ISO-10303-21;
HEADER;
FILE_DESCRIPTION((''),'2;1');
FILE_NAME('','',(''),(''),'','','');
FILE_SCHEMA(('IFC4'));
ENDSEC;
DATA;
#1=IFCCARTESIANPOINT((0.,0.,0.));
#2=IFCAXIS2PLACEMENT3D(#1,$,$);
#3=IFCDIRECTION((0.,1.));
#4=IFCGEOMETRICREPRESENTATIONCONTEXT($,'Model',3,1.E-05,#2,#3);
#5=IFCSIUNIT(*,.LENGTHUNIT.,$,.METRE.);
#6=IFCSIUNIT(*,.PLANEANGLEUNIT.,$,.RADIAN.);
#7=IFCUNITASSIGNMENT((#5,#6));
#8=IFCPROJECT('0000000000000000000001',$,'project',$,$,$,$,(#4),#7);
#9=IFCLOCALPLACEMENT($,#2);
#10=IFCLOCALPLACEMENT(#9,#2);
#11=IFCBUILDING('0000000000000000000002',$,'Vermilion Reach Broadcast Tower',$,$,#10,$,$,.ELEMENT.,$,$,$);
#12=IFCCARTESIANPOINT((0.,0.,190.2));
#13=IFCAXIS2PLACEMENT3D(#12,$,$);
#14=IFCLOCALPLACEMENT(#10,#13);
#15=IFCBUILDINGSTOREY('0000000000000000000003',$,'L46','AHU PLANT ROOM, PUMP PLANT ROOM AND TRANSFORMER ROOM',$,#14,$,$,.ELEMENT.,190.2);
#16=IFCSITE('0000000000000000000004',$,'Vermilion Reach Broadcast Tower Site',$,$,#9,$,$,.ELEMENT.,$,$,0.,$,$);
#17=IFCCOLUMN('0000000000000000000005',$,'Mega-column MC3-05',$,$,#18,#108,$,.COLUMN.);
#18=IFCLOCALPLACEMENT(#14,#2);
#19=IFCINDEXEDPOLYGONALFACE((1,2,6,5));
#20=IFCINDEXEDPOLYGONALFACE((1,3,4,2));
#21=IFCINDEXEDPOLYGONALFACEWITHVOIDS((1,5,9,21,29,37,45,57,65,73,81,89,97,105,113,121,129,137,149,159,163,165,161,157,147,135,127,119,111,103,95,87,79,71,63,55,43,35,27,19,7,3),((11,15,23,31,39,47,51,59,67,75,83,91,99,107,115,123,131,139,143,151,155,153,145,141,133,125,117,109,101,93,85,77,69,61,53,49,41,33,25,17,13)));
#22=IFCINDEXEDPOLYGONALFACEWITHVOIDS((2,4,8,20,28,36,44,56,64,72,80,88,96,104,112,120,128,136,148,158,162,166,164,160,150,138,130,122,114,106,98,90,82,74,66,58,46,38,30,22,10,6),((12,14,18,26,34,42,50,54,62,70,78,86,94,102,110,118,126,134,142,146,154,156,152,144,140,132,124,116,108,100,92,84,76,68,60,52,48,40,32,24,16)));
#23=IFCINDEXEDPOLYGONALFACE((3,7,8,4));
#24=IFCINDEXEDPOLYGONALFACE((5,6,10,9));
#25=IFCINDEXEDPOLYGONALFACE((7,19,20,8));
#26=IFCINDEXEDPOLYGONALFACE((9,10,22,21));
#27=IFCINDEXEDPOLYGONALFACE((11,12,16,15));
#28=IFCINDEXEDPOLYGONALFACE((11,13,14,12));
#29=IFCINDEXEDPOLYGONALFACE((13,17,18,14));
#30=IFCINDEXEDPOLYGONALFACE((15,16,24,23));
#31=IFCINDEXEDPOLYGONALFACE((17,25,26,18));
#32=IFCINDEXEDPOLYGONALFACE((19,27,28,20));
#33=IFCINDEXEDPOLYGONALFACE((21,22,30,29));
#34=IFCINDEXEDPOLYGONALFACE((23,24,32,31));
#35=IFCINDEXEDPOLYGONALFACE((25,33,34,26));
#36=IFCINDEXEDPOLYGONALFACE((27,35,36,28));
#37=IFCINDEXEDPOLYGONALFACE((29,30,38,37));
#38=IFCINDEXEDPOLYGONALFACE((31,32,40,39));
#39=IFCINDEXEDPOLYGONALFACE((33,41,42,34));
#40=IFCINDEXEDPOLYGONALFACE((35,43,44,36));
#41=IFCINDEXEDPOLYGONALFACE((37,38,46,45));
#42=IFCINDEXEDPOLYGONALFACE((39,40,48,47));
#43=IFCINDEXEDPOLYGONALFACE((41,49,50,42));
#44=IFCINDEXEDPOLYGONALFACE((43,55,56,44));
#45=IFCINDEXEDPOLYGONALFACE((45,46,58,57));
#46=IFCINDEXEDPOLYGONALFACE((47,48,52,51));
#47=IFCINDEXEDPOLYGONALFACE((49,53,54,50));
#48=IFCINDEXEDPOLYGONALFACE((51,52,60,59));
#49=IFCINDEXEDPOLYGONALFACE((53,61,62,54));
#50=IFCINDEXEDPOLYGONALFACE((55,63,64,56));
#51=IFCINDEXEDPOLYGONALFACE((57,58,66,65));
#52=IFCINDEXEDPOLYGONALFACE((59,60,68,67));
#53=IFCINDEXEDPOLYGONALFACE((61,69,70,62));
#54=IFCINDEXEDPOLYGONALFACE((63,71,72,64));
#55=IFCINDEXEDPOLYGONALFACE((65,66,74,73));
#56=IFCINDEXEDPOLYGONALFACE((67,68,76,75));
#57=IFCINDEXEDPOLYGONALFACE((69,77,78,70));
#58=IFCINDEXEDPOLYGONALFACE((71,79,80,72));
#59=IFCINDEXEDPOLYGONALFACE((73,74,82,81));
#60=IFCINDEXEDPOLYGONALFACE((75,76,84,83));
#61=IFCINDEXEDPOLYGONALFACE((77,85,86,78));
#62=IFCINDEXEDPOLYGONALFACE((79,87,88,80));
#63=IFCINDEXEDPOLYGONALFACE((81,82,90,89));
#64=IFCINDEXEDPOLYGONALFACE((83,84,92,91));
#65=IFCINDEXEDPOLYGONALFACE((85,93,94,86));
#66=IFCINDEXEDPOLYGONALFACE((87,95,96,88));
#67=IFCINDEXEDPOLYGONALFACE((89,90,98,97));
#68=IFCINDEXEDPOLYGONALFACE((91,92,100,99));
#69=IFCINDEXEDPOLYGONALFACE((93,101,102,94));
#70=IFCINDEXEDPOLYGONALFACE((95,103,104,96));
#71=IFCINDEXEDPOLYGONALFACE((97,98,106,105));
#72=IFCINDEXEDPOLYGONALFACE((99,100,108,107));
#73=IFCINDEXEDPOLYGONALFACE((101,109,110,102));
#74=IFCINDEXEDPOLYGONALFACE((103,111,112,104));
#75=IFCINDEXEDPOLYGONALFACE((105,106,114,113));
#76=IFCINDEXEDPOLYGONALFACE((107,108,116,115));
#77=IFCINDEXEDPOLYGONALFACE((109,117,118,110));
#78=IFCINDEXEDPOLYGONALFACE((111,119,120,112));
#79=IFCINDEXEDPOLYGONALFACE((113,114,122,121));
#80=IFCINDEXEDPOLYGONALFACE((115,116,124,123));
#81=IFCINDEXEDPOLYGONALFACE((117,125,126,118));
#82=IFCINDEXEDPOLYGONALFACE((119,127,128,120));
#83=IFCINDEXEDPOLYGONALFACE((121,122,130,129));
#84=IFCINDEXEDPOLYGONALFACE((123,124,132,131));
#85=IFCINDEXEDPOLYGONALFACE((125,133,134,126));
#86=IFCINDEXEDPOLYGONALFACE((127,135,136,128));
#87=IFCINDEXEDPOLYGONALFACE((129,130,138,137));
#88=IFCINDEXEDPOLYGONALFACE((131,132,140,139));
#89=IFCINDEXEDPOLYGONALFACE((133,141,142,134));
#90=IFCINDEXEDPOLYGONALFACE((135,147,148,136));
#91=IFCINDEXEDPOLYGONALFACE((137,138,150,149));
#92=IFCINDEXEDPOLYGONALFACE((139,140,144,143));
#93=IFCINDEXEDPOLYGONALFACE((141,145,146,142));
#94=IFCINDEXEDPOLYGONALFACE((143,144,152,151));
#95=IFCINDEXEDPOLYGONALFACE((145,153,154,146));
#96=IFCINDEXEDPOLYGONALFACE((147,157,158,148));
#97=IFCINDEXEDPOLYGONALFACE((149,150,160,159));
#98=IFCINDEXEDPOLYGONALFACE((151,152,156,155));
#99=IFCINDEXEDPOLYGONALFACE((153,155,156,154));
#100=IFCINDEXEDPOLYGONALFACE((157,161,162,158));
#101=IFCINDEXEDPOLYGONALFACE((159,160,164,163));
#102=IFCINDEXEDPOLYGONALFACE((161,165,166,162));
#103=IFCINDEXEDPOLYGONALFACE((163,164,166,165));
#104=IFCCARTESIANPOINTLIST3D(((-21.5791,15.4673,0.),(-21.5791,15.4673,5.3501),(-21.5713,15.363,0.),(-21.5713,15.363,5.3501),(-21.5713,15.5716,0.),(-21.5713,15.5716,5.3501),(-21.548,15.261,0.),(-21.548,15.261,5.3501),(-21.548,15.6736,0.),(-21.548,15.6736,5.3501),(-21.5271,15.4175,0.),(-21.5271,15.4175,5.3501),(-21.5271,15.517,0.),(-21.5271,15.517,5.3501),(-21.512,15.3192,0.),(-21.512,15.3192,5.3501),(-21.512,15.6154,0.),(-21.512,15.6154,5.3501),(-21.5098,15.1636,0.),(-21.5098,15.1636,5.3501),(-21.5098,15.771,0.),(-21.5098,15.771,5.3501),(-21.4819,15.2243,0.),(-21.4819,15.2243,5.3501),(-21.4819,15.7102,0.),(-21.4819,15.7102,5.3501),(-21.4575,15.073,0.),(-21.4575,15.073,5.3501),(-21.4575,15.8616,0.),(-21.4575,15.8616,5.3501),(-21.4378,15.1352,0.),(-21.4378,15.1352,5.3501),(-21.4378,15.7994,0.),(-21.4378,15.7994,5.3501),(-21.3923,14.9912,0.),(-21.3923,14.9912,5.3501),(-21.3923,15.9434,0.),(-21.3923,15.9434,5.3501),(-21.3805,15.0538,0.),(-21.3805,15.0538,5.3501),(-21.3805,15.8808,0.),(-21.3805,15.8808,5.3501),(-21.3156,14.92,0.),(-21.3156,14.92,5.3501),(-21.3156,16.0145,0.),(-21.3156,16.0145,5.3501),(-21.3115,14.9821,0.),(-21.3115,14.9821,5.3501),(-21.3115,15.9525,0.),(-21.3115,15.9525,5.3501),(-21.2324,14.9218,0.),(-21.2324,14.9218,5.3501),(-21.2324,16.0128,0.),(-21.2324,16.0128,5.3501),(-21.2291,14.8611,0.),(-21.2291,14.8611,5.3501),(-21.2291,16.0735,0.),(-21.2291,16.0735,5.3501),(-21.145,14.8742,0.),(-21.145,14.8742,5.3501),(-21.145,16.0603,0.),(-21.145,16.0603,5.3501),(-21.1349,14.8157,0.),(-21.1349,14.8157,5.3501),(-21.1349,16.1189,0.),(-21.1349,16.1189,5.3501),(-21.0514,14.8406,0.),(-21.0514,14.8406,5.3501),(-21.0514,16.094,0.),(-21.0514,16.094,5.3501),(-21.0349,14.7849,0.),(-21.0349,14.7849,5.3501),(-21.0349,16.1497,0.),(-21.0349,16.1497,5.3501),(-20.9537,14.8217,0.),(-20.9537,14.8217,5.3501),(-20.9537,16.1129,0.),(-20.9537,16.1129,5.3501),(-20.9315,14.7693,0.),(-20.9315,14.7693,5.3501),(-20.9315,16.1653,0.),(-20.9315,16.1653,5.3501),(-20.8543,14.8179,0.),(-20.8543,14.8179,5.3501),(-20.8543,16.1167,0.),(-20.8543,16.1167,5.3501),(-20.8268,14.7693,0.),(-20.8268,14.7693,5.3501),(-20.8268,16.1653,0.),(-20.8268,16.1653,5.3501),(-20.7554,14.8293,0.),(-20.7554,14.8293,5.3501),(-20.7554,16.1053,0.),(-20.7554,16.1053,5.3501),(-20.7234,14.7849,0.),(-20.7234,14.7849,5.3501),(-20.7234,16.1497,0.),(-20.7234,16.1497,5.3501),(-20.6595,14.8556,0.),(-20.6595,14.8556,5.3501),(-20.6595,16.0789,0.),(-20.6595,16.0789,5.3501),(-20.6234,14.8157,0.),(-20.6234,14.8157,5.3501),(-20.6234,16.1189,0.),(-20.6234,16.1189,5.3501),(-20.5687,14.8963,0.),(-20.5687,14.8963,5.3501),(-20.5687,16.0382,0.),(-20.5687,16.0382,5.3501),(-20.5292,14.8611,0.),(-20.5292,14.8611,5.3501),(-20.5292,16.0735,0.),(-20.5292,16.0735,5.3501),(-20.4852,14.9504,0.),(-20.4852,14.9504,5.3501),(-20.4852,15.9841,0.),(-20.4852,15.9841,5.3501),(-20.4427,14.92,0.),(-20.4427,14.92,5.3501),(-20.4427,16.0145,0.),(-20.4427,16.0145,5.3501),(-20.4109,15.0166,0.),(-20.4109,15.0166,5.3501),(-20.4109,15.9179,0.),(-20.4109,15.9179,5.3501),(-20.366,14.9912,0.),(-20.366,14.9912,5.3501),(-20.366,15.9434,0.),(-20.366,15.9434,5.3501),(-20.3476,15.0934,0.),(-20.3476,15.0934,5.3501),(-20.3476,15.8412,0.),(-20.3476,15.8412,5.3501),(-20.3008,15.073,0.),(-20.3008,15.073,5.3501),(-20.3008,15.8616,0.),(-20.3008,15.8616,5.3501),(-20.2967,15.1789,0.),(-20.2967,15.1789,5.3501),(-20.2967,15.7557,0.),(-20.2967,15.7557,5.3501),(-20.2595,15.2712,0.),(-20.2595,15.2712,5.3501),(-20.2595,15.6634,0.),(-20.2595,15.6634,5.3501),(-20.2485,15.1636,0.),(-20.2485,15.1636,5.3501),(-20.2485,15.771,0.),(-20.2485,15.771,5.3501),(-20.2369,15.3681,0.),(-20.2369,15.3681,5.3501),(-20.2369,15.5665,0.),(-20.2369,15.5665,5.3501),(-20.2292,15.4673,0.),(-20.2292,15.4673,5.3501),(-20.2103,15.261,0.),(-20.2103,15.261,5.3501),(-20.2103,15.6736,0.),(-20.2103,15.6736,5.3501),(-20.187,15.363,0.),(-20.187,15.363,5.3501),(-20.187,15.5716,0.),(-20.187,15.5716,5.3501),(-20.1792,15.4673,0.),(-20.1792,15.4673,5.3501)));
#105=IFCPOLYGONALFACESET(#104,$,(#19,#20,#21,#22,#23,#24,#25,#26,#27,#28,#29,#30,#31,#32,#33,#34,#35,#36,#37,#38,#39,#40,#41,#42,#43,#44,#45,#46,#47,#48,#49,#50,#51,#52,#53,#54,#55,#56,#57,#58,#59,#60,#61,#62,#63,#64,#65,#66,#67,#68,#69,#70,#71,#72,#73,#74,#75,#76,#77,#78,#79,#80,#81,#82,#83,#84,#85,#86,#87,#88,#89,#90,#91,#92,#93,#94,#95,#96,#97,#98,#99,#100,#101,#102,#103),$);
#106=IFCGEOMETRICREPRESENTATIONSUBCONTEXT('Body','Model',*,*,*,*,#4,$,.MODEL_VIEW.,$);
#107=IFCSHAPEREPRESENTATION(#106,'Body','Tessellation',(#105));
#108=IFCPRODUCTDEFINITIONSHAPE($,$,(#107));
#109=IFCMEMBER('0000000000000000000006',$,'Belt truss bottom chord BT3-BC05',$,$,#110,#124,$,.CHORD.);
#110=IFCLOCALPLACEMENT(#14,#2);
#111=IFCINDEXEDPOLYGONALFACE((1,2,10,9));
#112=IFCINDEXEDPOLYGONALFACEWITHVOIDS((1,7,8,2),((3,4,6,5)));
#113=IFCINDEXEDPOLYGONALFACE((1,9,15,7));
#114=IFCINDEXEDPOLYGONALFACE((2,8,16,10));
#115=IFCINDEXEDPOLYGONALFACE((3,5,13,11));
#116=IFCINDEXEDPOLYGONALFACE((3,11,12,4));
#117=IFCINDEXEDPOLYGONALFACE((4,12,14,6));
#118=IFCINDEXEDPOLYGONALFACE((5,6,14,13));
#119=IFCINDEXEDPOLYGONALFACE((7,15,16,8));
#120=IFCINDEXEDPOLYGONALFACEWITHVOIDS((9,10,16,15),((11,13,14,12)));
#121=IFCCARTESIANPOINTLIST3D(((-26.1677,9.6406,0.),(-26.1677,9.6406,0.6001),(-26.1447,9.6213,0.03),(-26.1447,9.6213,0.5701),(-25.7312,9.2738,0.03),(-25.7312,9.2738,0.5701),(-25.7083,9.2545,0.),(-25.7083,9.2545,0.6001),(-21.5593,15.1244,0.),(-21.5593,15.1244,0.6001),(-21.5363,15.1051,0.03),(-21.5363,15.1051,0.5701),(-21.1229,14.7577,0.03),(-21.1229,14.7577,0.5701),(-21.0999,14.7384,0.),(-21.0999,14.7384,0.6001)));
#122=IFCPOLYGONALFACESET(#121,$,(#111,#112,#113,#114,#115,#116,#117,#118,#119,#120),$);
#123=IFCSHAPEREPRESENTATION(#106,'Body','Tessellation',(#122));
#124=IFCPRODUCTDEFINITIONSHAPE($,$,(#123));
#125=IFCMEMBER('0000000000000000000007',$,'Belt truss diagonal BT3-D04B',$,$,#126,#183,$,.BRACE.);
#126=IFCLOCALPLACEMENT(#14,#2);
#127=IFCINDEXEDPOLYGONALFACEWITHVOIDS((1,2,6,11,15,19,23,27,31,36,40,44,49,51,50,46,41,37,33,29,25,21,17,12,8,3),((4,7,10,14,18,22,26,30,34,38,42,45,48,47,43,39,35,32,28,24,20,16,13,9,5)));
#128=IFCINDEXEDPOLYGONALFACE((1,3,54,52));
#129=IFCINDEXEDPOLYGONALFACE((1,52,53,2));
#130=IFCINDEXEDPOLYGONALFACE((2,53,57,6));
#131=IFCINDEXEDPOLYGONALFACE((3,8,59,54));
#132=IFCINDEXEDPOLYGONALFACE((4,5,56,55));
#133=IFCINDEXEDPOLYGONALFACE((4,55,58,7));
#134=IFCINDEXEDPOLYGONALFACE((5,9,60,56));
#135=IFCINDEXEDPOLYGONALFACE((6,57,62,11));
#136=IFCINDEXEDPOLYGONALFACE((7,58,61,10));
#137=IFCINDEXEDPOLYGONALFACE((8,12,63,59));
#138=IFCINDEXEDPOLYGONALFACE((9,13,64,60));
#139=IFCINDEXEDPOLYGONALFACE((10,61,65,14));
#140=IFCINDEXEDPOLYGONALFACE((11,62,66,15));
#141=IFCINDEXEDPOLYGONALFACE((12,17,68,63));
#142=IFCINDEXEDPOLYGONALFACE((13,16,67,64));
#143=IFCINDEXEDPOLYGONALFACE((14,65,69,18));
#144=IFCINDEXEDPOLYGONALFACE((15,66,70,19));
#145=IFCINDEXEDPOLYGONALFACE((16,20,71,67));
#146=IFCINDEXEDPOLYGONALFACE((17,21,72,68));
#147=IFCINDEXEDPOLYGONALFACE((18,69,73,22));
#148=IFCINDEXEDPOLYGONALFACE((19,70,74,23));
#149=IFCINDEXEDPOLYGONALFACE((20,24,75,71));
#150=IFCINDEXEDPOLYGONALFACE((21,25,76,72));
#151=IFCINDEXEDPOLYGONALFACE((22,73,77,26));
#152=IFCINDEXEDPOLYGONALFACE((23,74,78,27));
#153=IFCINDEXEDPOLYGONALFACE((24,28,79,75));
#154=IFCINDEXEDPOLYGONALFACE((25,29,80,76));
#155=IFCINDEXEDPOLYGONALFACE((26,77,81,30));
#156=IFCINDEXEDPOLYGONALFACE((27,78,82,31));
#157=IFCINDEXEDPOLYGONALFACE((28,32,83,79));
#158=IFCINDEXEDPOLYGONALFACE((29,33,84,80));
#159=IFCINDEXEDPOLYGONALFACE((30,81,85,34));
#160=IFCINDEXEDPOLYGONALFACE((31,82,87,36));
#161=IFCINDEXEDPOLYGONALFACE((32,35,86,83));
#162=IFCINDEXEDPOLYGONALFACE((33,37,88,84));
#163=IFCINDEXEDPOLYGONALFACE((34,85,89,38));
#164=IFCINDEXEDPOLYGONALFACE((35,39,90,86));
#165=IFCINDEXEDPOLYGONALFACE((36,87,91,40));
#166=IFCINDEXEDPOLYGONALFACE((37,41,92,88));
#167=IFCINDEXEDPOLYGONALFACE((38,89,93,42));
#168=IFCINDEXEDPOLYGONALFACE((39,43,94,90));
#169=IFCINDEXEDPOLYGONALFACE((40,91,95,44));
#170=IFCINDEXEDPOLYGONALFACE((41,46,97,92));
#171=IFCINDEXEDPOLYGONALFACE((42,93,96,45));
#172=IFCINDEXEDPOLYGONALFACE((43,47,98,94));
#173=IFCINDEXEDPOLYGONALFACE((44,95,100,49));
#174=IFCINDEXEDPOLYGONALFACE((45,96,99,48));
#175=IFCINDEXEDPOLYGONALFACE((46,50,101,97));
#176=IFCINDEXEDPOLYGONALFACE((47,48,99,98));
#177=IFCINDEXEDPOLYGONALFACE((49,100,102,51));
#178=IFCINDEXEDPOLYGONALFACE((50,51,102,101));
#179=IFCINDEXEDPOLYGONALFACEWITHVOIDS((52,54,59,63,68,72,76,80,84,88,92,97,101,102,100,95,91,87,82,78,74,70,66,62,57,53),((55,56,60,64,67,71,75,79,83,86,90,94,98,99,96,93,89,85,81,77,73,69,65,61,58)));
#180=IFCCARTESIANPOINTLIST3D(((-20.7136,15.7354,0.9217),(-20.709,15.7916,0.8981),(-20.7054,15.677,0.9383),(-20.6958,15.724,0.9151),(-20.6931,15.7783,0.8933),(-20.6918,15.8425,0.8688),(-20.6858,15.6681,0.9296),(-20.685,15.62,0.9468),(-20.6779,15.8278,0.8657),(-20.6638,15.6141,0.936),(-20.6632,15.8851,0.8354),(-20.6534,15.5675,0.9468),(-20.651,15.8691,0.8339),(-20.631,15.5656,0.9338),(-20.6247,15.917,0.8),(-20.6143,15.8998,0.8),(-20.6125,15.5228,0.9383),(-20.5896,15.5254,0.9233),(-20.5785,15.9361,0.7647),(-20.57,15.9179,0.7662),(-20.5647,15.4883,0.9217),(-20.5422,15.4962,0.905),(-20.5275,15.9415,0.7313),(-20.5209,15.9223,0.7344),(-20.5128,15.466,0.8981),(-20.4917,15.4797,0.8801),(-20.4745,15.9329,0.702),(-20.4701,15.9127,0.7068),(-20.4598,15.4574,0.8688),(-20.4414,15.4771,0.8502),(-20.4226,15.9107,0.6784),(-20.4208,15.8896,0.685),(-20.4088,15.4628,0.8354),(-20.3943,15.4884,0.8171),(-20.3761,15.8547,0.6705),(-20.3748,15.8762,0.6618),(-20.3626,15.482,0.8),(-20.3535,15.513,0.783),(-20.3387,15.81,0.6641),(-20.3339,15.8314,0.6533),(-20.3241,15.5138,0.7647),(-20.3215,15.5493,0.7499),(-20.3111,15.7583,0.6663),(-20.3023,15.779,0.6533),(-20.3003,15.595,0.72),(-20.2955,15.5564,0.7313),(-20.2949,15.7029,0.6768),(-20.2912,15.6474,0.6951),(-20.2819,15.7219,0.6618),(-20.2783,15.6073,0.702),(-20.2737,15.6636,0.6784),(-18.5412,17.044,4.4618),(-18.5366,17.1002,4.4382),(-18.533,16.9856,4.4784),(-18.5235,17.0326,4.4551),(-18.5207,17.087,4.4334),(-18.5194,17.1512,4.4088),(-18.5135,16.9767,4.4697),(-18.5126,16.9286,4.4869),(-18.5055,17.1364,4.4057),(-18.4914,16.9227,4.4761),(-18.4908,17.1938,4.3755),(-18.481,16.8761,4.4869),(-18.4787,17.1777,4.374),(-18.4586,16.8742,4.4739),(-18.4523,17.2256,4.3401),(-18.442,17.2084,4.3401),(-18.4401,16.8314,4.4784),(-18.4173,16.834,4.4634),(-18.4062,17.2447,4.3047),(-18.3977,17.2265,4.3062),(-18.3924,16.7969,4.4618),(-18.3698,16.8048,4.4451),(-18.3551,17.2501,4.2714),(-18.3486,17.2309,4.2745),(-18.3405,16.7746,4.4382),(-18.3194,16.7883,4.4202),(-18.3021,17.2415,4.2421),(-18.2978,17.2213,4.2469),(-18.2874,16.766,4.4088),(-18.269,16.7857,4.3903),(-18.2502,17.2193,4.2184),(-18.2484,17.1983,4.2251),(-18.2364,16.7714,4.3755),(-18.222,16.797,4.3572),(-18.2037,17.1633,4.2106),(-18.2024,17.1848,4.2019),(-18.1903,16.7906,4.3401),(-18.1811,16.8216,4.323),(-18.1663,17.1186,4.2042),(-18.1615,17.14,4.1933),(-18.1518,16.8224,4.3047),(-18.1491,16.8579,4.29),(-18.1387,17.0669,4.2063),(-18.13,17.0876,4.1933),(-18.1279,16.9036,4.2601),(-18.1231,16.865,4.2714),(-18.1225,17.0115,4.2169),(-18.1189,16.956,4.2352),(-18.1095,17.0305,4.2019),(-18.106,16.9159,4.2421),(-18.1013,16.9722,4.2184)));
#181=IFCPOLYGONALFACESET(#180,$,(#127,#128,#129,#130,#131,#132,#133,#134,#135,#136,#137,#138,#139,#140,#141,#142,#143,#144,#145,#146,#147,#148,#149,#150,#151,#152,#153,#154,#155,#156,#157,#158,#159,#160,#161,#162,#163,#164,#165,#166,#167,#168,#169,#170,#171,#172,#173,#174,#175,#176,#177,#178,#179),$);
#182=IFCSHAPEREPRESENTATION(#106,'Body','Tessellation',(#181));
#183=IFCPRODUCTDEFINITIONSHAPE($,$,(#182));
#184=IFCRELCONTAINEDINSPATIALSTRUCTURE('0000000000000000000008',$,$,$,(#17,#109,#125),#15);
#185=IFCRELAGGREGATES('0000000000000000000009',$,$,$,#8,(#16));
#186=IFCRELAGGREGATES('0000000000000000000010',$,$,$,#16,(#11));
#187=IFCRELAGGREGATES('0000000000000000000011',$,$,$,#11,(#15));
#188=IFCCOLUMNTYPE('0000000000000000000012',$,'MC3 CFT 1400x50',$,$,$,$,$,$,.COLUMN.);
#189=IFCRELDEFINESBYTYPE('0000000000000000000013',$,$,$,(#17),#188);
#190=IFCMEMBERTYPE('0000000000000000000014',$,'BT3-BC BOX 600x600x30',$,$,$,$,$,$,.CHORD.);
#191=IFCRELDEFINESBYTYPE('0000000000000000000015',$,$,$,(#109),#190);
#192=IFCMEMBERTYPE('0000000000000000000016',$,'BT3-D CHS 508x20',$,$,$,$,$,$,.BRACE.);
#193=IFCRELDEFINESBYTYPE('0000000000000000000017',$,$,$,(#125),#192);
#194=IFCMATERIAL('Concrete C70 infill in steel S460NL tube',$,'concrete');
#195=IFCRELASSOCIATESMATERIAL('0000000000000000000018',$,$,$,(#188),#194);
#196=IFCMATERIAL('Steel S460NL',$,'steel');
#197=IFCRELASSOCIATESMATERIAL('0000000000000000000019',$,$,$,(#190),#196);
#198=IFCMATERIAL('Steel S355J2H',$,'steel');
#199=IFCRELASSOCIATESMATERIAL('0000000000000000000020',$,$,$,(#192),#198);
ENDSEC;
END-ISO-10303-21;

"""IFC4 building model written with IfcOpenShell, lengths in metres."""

from ifc_helpers import new_model, si_unit, direction, frame, origin, origin_2d, place, context, subcontext, project, spatial, hollow_rectangle, hollow_circle, extrude, material, material_profile, profile_set, type_object, element, save


model = new_model("IFC4")

# Units and contexts
model_context = context("Model", 3, precision=1e-05, world=origin(), true_north=direction((0.0, 1.0)))
body_context = subcontext(model_context, "Body", "Model", "MODEL_VIEW")
ifc_project = project(units=[si_unit("LENGTHUNIT", "METRE"), si_unit("PLANEANGLEUNIT", "RADIAN")], contexts=[model_context])

# Site, building, storey
site_placement = place(None, origin())
site = spatial("IfcSite", under=ifc_project, at=site_placement, Name="Vermilion Reach Broadcast Tower Site", CompositionType="ELEMENT", RefElevation=0.0)
building_placement = place(site_placement, origin())
building = spatial("IfcBuilding", under=site, at=building_placement, Name="Vermilion Reach Broadcast Tower", CompositionType="ELEMENT")
storey_placement = place(building_placement, frame((0.0, 0.0, 190.2)))
storey = spatial("IfcBuildingStorey", under=building, at=storey_placement, Name="L46", Description="AHU PLANT ROOM, PUMP PLANT ROOM AND TRANSFORMER ROOM", CompositionType="ELEMENT", Elevation=190.2)

# Column
ifc_material_1 = material(Name="Concrete C70 infill in steel S460NL tube", Category="concrete")
ifc_material_profile_1 = material_profile(ifc_material_1, hollow_circle(Radius=0.7, WallThickness=0.05, at=origin_2d()), Name="Concrete C70 infill in steel S460NL tube CFT 1400x50")
ifc_profile_set_1 = profile_set([ifc_material_profile_1], Name="Concrete C70 infill in steel S460NL tube")
column_type = type_object("IfcColumnType", Name="MC3 CFT 1400x50", PredefinedType="COLUMN", material=ifc_profile_set_1)
column_placement = place(storey_placement, frame((-20.8792, 15.4673, 0.0), z_axis=(0.0, 0.0, 1.0), x_axis=(1.0, 0.0, 0.0)))
element("IfcColumn", 1, at=column_placement, inside=storey, type_object=column_type, Name="Mega-column MC3-05", PredefinedType="COLUMN", context=body_context, shape_type="SweptSolid", body=[
    extrude(hollow_circle(Radius=0.7, WallThickness=0.05, at=origin_2d()), origin(), (0.0, 0.0, 1.0), 5.3501),
])

# Members
ifc_material_2 = material(Name="Steel S460NL", Category="steel")
ifc_material_profile_2 = material_profile(ifc_material_2, hollow_rectangle(XDim=0.6001, YDim=0.6001, WallThickness=0.03, at=origin_2d()), Name="S460NL BOX 600x600x30")
ifc_profile_set_2 = profile_set([ifc_material_profile_2], Name="Steel S460NL")
member_type_1 = type_object("IfcMemberType", Name="BT3-BC BOX 600x600x30", PredefinedType="CHORD", material=ifc_profile_set_2)
member_1_placement = place(storey_placement, frame((-21.3296, 14.9314, 0.3), z_axis=(-0.64335, -0.765572, 0.0), x_axis=(0.765572, -0.64335, 0.0)))
element("IfcMember", 2, at=member_1_placement, inside=storey, type_object=member_type_1, Name="Belt truss bottom chord BT3-BC05", PredefinedType="CHORD", context=body_context, shape_type="SweptSolid", body=[
    extrude(hollow_rectangle(XDim=0.6001, YDim=0.6001, WallThickness=0.03, at=origin_2d()), origin(), (0.0, 0.0, 1.0), 7.1631),
])
ifc_material_3 = material(Name="Steel S355J2H", Category="steel")
ifc_material_profile_3 = material_profile(ifc_material_3, hollow_circle(Radius=0.2539, WallThickness=0.02, at=origin_2d()), Name="S355J2H CHS 508x20")
ifc_profile_set_3 = profile_set([ifc_material_profile_3], Name="Steel S355J2H")
member_type_2 = type_object("IfcMemberType", Name="BT3-D CHS 508x20", PredefinedType="BRACE", material=ifc_profile_set_3)
member_2_placement = place(storey_placement, frame((-20.4937, 15.6995, 0.8), z_axis=(0.498854, 0.300501, 0.812923), x_axis=(-0.515996, 0.856591, 0.0)))
element("IfcMember", 3, at=member_2_placement, inside=storey, type_object=member_type_2, Name="Belt truss diagonal BT3-D04B", PredefinedType="BRACE", context=body_context, shape_type="SweptSolid", body=[
    extrude(hollow_circle(Radius=0.2539, WallThickness=0.02, at=origin_2d()), origin(), (0.0, 0.0, 1.0), 4.3547),
])

save(model, "model.ifc")
